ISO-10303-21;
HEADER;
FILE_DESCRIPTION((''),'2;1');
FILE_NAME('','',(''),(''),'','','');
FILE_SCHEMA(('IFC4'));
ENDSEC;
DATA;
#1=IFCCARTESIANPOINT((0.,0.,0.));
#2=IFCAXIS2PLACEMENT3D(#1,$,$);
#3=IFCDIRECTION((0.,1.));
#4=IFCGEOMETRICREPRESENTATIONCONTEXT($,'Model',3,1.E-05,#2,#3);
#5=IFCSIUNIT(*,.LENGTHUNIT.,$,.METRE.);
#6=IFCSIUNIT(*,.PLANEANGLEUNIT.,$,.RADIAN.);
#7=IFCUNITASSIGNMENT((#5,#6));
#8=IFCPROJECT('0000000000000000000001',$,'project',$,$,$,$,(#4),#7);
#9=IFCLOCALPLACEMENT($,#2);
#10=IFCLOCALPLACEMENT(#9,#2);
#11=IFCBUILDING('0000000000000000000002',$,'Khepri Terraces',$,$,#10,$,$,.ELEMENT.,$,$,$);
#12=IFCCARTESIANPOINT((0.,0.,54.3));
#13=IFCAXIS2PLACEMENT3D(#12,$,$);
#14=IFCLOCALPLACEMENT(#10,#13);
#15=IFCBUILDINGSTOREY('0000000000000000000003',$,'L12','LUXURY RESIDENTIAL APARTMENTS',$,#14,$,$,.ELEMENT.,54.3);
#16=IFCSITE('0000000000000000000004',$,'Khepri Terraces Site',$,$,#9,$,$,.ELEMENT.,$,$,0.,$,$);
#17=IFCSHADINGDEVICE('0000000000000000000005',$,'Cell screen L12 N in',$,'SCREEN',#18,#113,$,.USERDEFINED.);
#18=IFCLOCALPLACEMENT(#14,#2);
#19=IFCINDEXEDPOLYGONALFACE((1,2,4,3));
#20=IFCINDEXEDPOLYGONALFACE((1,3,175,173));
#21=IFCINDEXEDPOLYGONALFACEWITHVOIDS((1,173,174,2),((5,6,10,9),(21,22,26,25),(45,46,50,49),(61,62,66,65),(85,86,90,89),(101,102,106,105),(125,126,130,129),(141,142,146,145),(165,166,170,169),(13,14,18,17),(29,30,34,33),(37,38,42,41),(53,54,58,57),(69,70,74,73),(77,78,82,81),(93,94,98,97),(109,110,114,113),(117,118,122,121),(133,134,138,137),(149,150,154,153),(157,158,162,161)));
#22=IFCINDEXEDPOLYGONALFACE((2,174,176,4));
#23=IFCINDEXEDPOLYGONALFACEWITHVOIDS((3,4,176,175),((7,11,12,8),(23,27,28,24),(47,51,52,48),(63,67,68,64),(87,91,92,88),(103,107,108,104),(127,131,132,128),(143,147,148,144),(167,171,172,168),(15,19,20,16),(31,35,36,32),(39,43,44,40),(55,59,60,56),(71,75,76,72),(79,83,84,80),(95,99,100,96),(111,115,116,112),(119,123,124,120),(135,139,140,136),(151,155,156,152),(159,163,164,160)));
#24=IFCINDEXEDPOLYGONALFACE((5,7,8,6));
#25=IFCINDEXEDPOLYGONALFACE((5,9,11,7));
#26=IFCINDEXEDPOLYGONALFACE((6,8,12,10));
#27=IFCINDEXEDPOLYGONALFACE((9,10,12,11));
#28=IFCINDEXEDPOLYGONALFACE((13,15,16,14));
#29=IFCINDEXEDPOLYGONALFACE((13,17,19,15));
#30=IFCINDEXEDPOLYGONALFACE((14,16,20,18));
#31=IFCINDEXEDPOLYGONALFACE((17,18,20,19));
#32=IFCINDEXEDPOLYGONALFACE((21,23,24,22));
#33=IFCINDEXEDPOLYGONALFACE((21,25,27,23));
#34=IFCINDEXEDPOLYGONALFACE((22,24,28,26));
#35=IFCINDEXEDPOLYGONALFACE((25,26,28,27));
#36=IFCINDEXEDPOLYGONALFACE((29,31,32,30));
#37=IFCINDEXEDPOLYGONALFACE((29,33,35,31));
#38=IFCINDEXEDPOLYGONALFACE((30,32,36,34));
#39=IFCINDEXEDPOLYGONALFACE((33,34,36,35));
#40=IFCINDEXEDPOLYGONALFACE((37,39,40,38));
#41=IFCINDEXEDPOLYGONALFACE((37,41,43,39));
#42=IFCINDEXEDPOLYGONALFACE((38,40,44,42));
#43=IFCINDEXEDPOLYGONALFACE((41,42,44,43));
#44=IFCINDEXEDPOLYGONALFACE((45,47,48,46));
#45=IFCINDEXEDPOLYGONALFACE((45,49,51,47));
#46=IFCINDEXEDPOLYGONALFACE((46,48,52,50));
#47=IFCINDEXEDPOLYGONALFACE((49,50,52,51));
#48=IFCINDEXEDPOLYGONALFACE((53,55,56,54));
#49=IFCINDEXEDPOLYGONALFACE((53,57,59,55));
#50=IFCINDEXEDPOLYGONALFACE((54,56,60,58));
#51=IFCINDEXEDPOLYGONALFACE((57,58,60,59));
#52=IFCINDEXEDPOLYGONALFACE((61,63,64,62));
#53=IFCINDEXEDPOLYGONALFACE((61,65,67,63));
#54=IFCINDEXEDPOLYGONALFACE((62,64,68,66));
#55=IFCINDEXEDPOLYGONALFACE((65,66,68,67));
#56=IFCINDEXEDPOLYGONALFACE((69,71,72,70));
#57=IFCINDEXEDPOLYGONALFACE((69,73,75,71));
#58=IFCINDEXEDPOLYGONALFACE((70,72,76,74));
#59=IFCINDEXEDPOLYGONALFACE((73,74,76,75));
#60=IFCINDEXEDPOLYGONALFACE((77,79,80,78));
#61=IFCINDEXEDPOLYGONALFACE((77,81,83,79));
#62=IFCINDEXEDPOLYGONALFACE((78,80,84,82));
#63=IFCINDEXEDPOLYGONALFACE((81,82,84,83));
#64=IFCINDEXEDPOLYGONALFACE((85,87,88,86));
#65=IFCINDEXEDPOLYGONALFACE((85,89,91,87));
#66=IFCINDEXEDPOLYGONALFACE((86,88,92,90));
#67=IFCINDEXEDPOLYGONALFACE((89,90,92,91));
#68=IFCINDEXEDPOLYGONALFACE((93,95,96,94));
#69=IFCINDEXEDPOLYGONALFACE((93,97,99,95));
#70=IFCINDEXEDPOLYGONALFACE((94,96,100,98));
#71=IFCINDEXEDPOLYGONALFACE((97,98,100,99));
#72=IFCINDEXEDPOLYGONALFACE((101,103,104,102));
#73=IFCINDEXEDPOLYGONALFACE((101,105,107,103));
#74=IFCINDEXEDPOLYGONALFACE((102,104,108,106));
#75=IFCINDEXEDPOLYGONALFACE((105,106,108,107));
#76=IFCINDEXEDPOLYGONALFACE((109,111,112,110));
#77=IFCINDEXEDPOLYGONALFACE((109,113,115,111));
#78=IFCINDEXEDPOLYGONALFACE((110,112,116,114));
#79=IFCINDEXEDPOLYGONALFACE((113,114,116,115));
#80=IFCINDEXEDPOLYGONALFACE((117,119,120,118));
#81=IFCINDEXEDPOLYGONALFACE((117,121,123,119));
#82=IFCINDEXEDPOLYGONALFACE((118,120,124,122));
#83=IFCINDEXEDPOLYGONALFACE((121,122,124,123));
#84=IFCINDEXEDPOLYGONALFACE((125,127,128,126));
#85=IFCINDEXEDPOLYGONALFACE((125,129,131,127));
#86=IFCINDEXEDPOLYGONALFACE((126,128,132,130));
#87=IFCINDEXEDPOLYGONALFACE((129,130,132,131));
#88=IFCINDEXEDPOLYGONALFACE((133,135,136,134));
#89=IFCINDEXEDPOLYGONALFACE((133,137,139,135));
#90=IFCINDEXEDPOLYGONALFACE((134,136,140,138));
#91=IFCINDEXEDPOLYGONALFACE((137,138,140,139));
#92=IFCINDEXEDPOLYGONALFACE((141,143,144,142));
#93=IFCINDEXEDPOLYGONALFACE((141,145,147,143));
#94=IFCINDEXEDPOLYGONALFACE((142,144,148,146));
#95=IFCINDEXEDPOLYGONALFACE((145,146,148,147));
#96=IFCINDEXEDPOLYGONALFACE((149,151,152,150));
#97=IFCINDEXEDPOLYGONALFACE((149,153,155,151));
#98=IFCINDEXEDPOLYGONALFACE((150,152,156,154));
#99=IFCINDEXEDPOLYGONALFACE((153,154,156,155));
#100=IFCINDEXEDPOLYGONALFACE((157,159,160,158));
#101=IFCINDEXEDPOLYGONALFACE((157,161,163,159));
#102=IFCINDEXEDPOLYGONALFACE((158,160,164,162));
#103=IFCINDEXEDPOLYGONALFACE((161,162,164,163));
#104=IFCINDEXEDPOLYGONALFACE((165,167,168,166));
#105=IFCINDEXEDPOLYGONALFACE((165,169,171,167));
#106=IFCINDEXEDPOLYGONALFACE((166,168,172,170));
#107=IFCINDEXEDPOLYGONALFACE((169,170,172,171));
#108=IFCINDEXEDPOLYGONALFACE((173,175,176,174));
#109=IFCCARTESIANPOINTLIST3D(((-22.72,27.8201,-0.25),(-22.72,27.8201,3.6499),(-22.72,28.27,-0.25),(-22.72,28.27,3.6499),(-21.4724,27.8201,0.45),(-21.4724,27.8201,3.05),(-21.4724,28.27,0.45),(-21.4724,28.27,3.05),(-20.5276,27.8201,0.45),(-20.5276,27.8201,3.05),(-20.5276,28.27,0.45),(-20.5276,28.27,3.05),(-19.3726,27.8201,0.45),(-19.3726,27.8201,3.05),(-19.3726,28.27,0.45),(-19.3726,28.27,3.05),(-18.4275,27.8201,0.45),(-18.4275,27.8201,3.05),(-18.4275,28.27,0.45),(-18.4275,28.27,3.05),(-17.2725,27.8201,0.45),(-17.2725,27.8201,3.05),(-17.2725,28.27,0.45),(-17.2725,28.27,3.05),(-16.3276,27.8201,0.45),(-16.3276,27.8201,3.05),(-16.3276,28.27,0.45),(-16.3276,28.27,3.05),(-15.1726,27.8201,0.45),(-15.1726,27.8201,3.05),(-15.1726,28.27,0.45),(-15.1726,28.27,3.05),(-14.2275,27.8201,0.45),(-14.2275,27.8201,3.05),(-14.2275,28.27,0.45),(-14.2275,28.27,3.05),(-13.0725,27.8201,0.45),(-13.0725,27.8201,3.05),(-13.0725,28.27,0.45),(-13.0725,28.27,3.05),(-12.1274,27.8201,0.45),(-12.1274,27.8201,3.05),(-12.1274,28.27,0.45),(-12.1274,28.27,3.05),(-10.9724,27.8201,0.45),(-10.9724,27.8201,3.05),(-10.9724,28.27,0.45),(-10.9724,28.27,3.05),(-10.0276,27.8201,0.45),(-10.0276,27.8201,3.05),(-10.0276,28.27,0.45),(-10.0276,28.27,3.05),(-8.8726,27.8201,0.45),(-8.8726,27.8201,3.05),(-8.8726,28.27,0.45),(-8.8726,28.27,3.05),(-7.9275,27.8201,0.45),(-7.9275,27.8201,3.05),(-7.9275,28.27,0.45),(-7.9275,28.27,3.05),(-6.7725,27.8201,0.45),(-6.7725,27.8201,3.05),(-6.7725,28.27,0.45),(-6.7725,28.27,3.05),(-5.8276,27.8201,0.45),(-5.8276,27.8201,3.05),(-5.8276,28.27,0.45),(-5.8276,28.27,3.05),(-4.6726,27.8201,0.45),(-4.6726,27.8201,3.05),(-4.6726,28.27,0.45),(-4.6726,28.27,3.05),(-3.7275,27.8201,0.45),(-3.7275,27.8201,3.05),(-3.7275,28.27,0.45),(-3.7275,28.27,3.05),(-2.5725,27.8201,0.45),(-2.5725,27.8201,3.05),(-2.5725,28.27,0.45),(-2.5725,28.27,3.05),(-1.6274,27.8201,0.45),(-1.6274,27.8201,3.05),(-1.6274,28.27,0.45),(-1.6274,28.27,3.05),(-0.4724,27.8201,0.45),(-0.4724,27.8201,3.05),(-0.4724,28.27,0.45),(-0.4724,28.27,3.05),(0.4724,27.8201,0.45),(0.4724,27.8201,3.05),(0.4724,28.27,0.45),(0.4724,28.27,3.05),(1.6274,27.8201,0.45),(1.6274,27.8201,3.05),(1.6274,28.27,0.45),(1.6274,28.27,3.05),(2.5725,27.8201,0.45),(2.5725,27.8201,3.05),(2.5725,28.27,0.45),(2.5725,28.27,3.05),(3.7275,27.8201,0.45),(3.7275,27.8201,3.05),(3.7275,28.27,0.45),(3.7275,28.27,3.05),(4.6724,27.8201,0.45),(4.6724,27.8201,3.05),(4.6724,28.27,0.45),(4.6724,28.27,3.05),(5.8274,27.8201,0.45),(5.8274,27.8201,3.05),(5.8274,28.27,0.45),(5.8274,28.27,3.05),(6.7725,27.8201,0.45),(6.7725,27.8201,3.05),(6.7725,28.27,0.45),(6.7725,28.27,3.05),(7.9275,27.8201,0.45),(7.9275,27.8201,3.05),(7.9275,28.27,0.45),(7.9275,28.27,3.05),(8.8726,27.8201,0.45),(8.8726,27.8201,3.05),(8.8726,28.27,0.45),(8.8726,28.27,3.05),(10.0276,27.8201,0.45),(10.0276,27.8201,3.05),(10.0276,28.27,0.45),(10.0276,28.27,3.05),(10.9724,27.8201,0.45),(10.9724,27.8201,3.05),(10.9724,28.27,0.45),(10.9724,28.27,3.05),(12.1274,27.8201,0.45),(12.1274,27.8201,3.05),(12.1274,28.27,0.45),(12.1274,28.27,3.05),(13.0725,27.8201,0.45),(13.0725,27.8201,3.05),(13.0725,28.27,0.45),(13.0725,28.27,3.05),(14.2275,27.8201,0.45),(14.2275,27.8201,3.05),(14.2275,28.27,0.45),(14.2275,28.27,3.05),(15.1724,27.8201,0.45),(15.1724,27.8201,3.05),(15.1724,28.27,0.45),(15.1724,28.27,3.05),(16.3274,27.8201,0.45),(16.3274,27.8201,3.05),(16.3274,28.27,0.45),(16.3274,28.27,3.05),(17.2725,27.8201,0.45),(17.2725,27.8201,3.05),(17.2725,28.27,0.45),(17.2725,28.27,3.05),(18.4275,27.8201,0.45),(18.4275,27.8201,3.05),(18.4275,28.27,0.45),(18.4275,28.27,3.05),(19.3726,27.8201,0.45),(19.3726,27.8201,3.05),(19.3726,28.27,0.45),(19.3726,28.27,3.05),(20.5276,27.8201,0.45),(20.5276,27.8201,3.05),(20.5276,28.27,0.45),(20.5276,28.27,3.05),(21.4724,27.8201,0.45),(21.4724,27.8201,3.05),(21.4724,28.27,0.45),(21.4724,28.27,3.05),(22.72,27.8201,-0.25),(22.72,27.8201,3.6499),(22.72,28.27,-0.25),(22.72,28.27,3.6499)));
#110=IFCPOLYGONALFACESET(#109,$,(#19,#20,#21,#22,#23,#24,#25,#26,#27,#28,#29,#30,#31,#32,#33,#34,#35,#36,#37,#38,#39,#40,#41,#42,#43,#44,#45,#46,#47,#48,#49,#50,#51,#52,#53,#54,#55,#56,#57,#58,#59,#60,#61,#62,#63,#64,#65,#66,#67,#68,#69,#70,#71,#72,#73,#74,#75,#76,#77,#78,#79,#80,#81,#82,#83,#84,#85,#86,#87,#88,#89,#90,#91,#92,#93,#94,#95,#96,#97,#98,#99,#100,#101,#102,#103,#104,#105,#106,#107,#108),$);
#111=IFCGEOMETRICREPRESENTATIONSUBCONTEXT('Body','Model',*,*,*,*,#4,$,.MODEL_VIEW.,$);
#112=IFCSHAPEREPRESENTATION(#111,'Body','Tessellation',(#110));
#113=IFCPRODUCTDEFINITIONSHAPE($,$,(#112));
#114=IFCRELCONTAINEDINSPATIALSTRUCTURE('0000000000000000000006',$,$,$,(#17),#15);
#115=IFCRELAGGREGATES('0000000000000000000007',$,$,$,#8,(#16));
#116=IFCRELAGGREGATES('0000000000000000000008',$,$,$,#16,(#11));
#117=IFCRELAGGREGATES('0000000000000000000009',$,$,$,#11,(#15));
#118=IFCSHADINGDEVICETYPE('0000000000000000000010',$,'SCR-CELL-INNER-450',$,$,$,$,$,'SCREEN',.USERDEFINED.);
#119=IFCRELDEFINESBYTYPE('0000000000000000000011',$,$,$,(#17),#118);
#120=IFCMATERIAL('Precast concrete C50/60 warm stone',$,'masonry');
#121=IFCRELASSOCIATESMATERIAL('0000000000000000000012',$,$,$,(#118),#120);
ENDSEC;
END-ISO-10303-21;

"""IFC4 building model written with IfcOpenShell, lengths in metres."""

from ifc_helpers import new_model, si_unit, direction, frame, origin, place, context, subcontext, project, spatial, polyline, outline, extrude, material, type_object, element, save


model = new_model("IFC4")

# Units and contexts
model_context = context("Model", 3, precision=1e-05, world=origin(), true_north=direction((0.0, 1.0)))
body_context = subcontext(model_context, "Body", "Model", "MODEL_VIEW")
ifc_project = project(units=[si_unit("LENGTHUNIT", "METRE"), si_unit("PLANEANGLEUNIT", "RADIAN")], contexts=[model_context])

# Site, building, storey
site_placement = place(None, origin())
site = spatial("IfcSite", under=ifc_project, at=site_placement, Name="Khepri Terraces Site", CompositionType="ELEMENT", RefElevation=0.0)
building_placement = place(site_placement, origin())
building = spatial("IfcBuilding", under=site, at=building_placement, Name="Khepri Terraces", CompositionType="ELEMENT")
storey_placement = place(building_placement, frame((0.0, 0.0, 54.3)))
storey = spatial("IfcBuildingStorey", under=building, at=storey_placement, Name="L12", Description="LUXURY RESIDENTIAL APARTMENTS", CompositionType="ELEMENT", Elevation=54.3)

# Shared definitions
ifc_material_1 = material(Name="Precast concrete C50/60 warm stone", Category="masonry")

# Shading device
shading_device_type_1 = type_object("IfcShadingDeviceType", Name="SCR-CELL-INNER-450", ElementType="SCREEN", PredefinedType="USERDEFINED", material=ifc_material_1)
shading_device_1_placement = place(storey_placement, frame((22.72, 27.8201, -0.25), z_axis=(0.0, 1.0, 0.0), x_axis=(-1.0, 0.0, 0.0)))
element("IfcShadingDevice", 1, at=shading_device_1_placement, inside=storey, type_object=shading_device_type_1, Name="Cell screen L12 N in", ObjectType="SCREEN", PredefinedType="USERDEFINED", context=body_context, shape_type="SweptSolid", body=[
    extrude(outline(polyline([(0.0, 0.0), (45.4399, 0.0), (45.4399, 3.8999), (0.0, 3.8999), (0.0, 0.0)]), holes=[polyline([(1.2476, 0.7), (2.1924, 0.7), (2.1924, 3.3), (1.2476, 3.3), (1.2476, 0.7)]), polyline([(3.3474, 0.7), (4.2925, 0.7), (4.2925, 3.3), (3.3474, 3.3), (3.3474, 0.7)]), polyline([(5.4475, 0.7), (6.3926, 0.7), (6.3926, 3.3), (5.4475, 3.3), (5.4475, 0.7)]), polyline([(7.5476, 0.7), (8.4924, 0.7), (8.4924, 3.3), (7.5476, 3.3), (7.5476, 0.7)]), polyline([(9.6475, 0.7), (10.5925, 0.7), (10.5925, 3.3), (9.6475, 3.3), (9.6475, 0.7)]), polyline([(11.7476, 0.7), (12.6924, 0.7), (12.6924, 3.3), (11.7476, 3.3), (11.7476, 0.7)]), polyline([(13.8474, 0.7), (14.7925, 0.7), (14.7925, 3.3), (13.8474, 3.3), (13.8474, 0.7)]), polyline([(15.9475, 0.7), (16.8926, 0.7), (16.8926, 3.3), (15.9475, 3.3), (15.9475, 0.7)]), polyline([(18.0476, 0.7), (18.9924, 0.7), (18.9924, 3.3), (18.0476, 3.3), (18.0476, 0.7)]), polyline([(20.1475, 0.7), (21.0925, 0.7), (21.0925, 3.3), (20.1475, 3.3), (20.1475, 0.7)]), polyline([(22.2476, 0.7), (23.1924, 0.7), (23.1924, 3.3), (22.2476, 3.3), (22.2476, 0.7)]), polyline([(24.3474, 0.7), (25.2925, 0.7), (25.2925, 3.3), (24.3474, 3.3), (24.3474, 0.7)]), polyline([(26.4475, 0.7), (27.3926, 0.7), (27.3926, 3.3), (26.4475, 3.3), (26.4475, 0.7)]), polyline([(28.5476, 0.7), (29.4924, 0.7), (29.4924, 3.3), (28.5476, 3.3), (28.5476, 0.7)]), polyline([(30.6475, 0.7), (31.5925, 0.7), (31.5925, 3.3), (30.6475, 3.3), (30.6475, 0.7)]), polyline([(32.7476, 0.7), (33.6924, 0.7), (33.6924, 3.3), (32.7476, 3.3), (32.7476, 0.7)]), polyline([(34.8474, 0.7), (35.7925, 0.7), (35.7925, 3.3), (34.8474, 3.3), (34.8474, 0.7)]), polyline([(36.9475, 0.7), (37.8926, 0.7), (37.8926, 3.3), (36.9475, 3.3), (36.9475, 0.7)]), polyline([(39.0476, 0.7), (39.9924, 0.7), (39.9924, 3.3), (39.0476, 3.3), (39.0476, 0.7)]), polyline([(41.1475, 0.7), (42.0925, 0.7), (42.0925, 3.3), (41.1475, 3.3), (41.1475, 0.7)]), polyline([(43.2476, 0.7), (44.1924, 0.7), (44.1924, 3.3), (43.2476, 3.3), (43.2476, 0.7)])]), origin(), (0.0, 0.0, 1.0), 0.45),
])

save(model, "model.ifc")
